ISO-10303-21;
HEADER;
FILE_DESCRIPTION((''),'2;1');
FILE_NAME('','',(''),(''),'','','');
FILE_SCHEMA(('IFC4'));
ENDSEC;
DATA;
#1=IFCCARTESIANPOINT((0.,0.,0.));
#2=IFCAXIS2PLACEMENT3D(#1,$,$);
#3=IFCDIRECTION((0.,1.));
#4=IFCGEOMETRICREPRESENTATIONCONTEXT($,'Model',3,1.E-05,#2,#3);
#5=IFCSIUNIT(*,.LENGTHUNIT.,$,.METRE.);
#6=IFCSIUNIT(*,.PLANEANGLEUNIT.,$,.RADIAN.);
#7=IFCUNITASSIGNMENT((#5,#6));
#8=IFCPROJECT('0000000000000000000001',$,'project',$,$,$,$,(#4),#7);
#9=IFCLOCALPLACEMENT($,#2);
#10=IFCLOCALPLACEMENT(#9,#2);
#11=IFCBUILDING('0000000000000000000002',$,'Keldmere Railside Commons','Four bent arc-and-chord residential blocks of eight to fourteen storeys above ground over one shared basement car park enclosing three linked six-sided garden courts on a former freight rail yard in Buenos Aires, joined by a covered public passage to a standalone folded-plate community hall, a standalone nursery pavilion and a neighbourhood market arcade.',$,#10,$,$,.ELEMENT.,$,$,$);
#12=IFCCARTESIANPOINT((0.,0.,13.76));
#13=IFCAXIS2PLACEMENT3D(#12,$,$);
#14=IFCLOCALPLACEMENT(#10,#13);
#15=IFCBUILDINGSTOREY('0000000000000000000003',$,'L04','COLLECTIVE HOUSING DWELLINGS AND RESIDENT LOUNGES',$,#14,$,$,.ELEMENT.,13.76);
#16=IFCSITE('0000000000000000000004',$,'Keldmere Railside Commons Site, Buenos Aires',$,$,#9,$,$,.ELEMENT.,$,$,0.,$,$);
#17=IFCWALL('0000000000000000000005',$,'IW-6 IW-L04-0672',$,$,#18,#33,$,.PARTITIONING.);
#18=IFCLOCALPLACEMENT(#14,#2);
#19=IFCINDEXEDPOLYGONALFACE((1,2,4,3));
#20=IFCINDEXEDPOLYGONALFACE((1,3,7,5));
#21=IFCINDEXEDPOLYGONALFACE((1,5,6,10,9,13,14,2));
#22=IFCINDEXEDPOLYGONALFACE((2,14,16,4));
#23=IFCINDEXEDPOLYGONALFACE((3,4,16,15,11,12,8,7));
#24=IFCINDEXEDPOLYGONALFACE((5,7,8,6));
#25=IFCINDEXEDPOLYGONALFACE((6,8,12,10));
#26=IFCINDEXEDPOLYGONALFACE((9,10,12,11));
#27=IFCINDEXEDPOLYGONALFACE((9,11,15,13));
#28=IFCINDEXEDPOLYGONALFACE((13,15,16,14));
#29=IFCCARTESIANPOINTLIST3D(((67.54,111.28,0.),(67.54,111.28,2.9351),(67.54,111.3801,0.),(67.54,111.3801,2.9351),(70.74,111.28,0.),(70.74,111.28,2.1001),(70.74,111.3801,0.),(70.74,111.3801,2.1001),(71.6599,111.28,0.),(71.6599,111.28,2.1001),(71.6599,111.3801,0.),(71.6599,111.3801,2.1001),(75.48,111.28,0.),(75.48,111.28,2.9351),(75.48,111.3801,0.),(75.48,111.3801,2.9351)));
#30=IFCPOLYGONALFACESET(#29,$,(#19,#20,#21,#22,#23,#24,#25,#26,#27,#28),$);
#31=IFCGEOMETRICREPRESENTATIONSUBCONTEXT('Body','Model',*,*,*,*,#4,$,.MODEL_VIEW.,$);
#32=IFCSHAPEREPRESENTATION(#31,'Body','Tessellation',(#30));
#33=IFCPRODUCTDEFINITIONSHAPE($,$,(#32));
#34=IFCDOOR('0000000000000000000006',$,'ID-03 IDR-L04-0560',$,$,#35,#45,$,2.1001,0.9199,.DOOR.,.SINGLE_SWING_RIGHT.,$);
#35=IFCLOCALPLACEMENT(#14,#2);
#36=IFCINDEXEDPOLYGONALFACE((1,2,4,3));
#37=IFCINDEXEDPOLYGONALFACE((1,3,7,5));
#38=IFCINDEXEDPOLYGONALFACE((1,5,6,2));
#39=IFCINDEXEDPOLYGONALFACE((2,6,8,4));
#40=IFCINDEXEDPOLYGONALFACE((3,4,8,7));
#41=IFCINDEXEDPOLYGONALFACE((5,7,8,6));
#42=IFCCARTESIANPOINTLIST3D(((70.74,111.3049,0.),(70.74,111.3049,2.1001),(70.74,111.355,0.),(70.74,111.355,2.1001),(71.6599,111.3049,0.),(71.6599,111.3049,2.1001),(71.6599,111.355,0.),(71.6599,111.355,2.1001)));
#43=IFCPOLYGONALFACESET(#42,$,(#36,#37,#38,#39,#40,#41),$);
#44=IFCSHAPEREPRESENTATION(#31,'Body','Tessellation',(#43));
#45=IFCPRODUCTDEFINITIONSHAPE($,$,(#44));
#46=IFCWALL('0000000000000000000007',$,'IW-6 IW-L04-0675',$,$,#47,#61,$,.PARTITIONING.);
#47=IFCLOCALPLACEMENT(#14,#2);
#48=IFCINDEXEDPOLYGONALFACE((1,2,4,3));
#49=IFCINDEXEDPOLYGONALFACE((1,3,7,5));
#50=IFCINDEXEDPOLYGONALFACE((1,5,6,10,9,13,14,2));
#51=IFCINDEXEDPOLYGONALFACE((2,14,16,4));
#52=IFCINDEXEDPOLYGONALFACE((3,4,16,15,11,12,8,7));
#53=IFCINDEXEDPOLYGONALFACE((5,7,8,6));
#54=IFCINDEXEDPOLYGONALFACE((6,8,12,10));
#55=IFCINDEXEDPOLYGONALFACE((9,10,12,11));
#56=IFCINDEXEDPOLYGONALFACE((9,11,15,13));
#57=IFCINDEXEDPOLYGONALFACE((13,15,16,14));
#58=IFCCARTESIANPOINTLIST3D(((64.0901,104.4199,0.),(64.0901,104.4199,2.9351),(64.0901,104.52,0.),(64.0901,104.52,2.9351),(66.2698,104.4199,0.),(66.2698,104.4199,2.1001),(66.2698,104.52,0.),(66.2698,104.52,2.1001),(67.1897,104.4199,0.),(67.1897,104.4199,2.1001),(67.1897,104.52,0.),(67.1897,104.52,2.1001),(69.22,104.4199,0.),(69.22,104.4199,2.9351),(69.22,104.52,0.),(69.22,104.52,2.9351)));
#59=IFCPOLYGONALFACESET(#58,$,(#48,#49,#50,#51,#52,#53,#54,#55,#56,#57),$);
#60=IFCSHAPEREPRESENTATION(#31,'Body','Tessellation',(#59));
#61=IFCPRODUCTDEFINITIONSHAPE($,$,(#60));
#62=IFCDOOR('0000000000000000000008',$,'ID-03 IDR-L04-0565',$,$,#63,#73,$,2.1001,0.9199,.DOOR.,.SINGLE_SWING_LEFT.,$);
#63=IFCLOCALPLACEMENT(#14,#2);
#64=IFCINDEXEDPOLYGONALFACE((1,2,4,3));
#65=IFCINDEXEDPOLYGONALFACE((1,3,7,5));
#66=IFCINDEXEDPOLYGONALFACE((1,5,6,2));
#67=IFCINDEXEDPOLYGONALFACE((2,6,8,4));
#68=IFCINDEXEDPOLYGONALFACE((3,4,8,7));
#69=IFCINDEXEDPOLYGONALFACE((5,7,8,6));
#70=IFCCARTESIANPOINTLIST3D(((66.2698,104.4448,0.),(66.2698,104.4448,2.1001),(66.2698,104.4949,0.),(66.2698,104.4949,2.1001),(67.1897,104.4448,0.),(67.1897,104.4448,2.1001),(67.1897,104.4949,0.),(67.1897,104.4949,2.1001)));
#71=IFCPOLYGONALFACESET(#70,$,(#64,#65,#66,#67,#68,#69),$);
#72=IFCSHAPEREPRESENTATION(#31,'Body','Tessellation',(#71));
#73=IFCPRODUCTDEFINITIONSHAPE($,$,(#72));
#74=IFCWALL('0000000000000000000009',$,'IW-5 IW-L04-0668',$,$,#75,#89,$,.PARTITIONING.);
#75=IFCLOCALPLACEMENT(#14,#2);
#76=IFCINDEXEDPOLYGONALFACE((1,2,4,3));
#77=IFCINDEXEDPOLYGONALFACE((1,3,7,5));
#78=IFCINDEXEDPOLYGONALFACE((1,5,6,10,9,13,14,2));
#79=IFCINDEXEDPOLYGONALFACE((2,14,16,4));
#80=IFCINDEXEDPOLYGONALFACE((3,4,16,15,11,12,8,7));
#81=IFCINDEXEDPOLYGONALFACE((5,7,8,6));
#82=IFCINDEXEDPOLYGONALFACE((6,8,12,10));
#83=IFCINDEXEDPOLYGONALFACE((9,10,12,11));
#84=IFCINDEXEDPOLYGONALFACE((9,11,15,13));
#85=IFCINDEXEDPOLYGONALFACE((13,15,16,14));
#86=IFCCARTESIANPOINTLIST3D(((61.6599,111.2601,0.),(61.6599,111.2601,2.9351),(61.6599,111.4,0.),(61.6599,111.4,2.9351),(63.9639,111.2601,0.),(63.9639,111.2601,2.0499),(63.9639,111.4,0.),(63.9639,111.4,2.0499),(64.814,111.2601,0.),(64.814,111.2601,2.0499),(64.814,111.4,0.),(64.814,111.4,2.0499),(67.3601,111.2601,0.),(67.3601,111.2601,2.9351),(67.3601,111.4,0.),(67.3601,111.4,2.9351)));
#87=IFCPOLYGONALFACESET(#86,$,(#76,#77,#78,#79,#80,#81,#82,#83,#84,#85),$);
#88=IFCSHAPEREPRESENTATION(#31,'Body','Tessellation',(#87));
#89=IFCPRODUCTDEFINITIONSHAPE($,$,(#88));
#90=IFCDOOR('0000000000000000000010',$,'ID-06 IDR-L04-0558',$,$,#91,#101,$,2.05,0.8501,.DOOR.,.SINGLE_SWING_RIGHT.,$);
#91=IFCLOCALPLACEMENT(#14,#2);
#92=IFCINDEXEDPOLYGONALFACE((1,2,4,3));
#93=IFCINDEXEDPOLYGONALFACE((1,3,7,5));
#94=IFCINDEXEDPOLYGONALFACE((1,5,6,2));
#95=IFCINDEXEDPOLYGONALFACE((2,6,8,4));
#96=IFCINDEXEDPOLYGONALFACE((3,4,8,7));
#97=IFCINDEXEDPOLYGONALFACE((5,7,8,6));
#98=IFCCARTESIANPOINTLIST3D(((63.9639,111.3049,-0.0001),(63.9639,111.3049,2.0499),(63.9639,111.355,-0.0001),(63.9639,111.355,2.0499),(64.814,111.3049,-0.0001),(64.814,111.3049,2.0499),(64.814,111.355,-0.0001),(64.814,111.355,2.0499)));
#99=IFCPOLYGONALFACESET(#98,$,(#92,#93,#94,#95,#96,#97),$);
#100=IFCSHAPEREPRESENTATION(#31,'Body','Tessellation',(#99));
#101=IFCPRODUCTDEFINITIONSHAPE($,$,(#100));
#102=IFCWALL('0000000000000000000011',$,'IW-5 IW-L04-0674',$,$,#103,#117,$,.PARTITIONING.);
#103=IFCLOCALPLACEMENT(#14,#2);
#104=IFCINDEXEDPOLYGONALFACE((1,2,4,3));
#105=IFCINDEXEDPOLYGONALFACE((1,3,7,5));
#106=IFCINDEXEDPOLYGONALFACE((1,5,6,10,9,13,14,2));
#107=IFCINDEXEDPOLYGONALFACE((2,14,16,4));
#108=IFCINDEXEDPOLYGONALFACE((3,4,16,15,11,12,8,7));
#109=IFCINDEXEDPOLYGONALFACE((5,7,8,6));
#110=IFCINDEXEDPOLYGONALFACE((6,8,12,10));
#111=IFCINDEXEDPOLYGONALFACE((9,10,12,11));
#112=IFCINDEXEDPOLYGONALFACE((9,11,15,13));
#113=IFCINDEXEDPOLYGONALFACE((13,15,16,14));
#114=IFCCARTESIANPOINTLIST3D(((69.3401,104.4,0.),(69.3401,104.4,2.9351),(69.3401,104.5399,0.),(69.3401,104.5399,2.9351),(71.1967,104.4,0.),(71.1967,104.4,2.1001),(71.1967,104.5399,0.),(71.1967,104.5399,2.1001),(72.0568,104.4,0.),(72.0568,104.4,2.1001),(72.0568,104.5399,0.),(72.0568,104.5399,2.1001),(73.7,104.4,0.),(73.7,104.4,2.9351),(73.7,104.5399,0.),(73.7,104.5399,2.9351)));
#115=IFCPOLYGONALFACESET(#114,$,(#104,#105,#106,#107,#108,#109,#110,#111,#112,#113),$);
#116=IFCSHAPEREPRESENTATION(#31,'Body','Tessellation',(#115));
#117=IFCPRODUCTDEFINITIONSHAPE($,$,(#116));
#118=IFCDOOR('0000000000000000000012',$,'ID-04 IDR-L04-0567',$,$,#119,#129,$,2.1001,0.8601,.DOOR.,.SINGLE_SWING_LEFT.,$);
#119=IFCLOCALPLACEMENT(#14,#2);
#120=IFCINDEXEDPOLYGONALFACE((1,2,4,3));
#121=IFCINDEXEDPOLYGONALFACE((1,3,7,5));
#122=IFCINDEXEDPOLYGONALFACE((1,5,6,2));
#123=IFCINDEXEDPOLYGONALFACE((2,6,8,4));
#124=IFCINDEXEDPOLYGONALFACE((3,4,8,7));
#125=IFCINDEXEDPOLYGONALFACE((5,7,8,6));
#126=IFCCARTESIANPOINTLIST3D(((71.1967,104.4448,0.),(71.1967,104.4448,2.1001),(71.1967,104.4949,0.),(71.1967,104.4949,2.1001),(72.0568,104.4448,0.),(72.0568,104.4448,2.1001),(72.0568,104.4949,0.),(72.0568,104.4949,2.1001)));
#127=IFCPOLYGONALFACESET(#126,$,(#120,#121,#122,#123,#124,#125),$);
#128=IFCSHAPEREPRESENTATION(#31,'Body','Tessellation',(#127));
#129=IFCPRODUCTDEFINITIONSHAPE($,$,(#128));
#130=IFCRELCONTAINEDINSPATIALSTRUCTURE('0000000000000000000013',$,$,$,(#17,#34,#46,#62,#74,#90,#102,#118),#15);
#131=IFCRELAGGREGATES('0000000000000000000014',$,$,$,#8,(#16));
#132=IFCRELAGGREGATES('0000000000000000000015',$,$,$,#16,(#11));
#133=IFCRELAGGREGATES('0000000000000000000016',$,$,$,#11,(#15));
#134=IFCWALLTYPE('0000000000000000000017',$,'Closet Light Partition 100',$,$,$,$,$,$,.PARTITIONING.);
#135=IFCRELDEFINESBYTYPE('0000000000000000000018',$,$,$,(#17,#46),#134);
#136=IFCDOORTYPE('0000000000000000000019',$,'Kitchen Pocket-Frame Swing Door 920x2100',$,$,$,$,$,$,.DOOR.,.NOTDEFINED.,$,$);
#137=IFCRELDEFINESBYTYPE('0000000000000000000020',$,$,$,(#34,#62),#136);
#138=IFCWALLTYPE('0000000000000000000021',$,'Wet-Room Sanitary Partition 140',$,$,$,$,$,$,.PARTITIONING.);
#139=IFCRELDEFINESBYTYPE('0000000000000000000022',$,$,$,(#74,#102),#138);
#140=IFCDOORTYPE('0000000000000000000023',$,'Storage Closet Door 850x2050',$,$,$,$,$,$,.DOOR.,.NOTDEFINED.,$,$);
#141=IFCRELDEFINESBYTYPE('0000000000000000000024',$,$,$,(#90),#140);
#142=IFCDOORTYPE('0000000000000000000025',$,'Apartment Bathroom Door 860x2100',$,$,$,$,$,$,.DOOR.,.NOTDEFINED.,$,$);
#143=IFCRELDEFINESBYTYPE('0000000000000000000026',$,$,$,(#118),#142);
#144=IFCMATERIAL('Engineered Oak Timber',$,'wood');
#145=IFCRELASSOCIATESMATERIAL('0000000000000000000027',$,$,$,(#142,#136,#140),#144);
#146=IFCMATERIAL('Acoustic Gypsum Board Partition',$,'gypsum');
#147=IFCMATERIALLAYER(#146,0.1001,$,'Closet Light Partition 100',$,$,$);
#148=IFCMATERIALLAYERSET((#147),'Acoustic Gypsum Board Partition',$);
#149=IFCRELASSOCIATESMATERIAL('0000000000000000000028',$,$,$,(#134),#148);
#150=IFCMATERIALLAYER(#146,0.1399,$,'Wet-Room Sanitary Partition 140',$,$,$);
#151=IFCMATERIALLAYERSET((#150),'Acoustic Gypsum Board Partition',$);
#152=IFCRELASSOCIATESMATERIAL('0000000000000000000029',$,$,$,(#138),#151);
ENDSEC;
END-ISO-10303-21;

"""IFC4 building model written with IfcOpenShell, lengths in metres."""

from ifc_helpers import new_model, si_unit, direction, frame, frame_2d, origin, place, context, subcontext, project, spatial, rectangle, extrude, material, layer, layer_set, type_object, element, fill, save


model = new_model("IFC4")

# Units and contexts
model_context = context("Model", 3, precision=1e-05, world=origin(), true_north=direction((0.0, 1.0)))
body_context = subcontext(model_context, "Body", "Model", "MODEL_VIEW")
ifc_project = project(units=[si_unit("LENGTHUNIT", "METRE"), si_unit("PLANEANGLEUNIT", "RADIAN")], contexts=[model_context])

# Site, building, storey
site_placement = place(None, origin())
site = spatial("IfcSite", under=ifc_project, at=site_placement, Name="Keldmere Railside Commons Site, Buenos Aires", CompositionType="ELEMENT", RefElevation=0.0)
building_placement = place(site_placement, origin())
building = spatial("IfcBuilding", under=site, at=building_placement, Name="Keldmere Railside Commons", Description="Four bent arc-and-chord residential blocks of eight to fourteen storeys above ground over one shared basement car park enclosing three linked six-sided garden courts on a former freight rail yard in Buenos Aires, joined by a covered public passage to a standalone folded-plate community hall, a standalone nursery pavilion and a neighbourhood market arcade.", CompositionType="ELEMENT")
storey_placement = place(building_placement, frame((0.0, 0.0, 13.76)))
storey = spatial("IfcBuildingStorey", under=building, at=storey_placement, Name="L04", Description="COLLECTIVE HOUSING DWELLINGS AND RESIDENT LOUNGES", CompositionType="ELEMENT", Elevation=13.76)

# Shared definitions
ifc_material_1 = material(Name="Acoustic Gypsum Board Partition", Category="gypsum")

# Shared definitions
ifc_material_2 = material(Name="Engineered Oak Timber", Category="wood")
door_type_1 = type_object("IfcDoorType", Name="Apartment Bathroom Door 860x2100", OperationType="NOTDEFINED", PredefinedType="DOOR", material=ifc_material_2)

# Walls, openings, doors
ifc_layer_1 = layer(ifc_material_1, 0.1001, Name="Closet Light Partition 100")
ifc_layer_set_1 = layer_set([ifc_layer_1], Name="Acoustic Gypsum Board Partition")
wall_type_1 = type_object("IfcWallType", Name="Closet Light Partition 100", PredefinedType="PARTITIONING", material=ifc_layer_set_1)
wall_1_placement = place(storey_placement, frame((67.54, 111.3301, 0.0), z_axis=(0.0, 0.0, 1.0), x_axis=(1.0, 0.0, 0.0)))
wall_1 = element("IfcWall", 1, at=wall_1_placement, inside=storey, type_object=wall_type_1, Name="IW-6 IW-L04-0672", PredefinedType="PARTITIONING", context=body_context, shape_type="SweptSolid", body=[
    extrude(rectangle(XDim=7.9399, YDim=0.1001, at=frame_2d((3.97, 0.0))), origin(), (0.0, 0.0, 1.0), 2.9351),
])
opening_1_placement = place(wall_1_placement, frame((3.2, 0.0, 0.0)))
opening_1 = element("IfcOpeningElement", 2, at=opening_1_placement, cuts=wall_1, PredefinedType="OPENING", context=body_context, shape_type="SweptSolid", body=[
    extrude(rectangle(XDim=0.9199, YDim=2.1001, at=frame_2d((0.46, 1.05))), frame((0.0, 0.0601, 0.0), z_axis=(0.0, -1.0, 0.0), x_axis=(1.0, 0.0, 0.0)), (0.0, 0.0, 1.0), 0.1201),
])
door_type_2 = type_object("IfcDoorType", Name="Kitchen Pocket-Frame Swing Door 920x2100", OperationType="NOTDEFINED", PredefinedType="DOOR", material=ifc_material_2)
door_1_placement = place(opening_1_placement, origin())
door_1 = element("IfcDoor", 3, at=door_1_placement, inside=storey, type_object=door_type_2, Name="ID-03 IDR-L04-0560", OperationType="SINGLE_SWING_RIGHT", OverallHeight=2.1001, OverallWidth=0.9199, PredefinedType="DOOR", context=body_context, shape_type="SweptSolid", body=[
    extrude(rectangle(XDim=0.9199, YDim=2.1001, at=frame_2d((0.46, 1.05))), frame((0.0, 0.0249, 0.0), z_axis=(0.0, -1.0, 0.0), x_axis=(1.0, 0.0, 0.0)), (0.0, 0.0, 1.0), 0.05),
])
fill(opening_1, door_1)
wall_2_placement = place(storey_placement, frame((64.0901, 104.47, 0.0), z_axis=(0.0, 0.0, 1.0), x_axis=(1.0, 0.0, 0.0)))
wall_2 = element("IfcWall", 4, at=wall_2_placement, inside=storey, type_object=wall_type_1, Name="IW-6 IW-L04-0675", PredefinedType="PARTITIONING", context=body_context, shape_type="SweptSolid", body=[
    extrude(rectangle(XDim=5.1299, YDim=0.1001, at=frame_2d((2.5649, 0.0))), origin(), (0.0, 0.0, 1.0), 2.9351),
])
opening_2_placement = place(wall_2_placement, frame((2.1797, 0.0, 0.0)))
opening_2 = element("IfcOpeningElement", 5, at=opening_2_placement, cuts=wall_2, PredefinedType="OPENING", context=body_context, shape_type="SweptSolid", body=[
    extrude(rectangle(XDim=0.9199, YDim=2.1001, at=frame_2d((0.46, 1.05))), frame((0.0, 0.0601, 0.0), z_axis=(0.0, -1.0, 0.0), x_axis=(1.0, 0.0, 0.0)), (0.0, 0.0, 1.0), 0.1201),
])
door_2_placement = place(opening_2_placement, origin())
door_2 = element("IfcDoor", 6, at=door_2_placement, inside=storey, type_object=door_type_2, Name="ID-03 IDR-L04-0565", OperationType="SINGLE_SWING_LEFT", OverallHeight=2.1001, OverallWidth=0.9199, PredefinedType="DOOR", context=body_context, shape_type="SweptSolid", body=[
    extrude(rectangle(XDim=0.9199, YDim=2.1001, at=frame_2d((0.46, 1.05))), frame((0.0, 0.0249, 0.0), z_axis=(0.0, -1.0, 0.0), x_axis=(1.0, 0.0, 0.0)), (0.0, 0.0, 1.0), 0.05),
])
fill(opening_2, door_2)
ifc_layer_2 = layer(ifc_material_1, 0.1399, Name="Wet-Room Sanitary Partition 140")
ifc_layer_set_2 = layer_set([ifc_layer_2], Name="Acoustic Gypsum Board Partition")
wall_type_2 = type_object("IfcWallType", Name="Wet-Room Sanitary Partition 140", PredefinedType="PARTITIONING", material=ifc_layer_set_2)
wall_3_placement = place(storey_placement, frame((61.6599, 111.3301, 0.0), z_axis=(0.0, 0.0, 1.0), x_axis=(1.0, 0.0, 0.0)))
wall_3 = element("IfcWall", 7, at=wall_3_placement, inside=storey, type_object=wall_type_2, Name="IW-5 IW-L04-0668", PredefinedType="PARTITIONING", context=body_context, shape_type="SweptSolid", body=[
    extrude(rectangle(XDim=5.7002, YDim=0.1399, at=frame_2d((2.8501, 0.0))), origin(), (0.0, 0.0, 1.0), 2.9351),
])
opening_3_placement = place(wall_3_placement, frame((2.304, 0.0, 0.0)))
opening_3 = element("IfcOpeningElement", 8, at=opening_3_placement, cuts=wall_3, PredefinedType="OPENING", context=body_context, shape_type="SweptSolid", body=[
    extrude(rectangle(XDim=0.8501, YDim=2.05, at=frame_2d((0.425, 1.0249))), frame((0.0, 0.0798, 0.0), z_axis=(0.0, -1.0, 0.0), x_axis=(1.0, 0.0, 0.0)), (0.0, 0.0, 1.0), 0.1599),
])
door_type_3 = type_object("IfcDoorType", Name="Storage Closet Door 850x2050", OperationType="NOTDEFINED", PredefinedType="DOOR", material=ifc_material_2)
door_3_placement = place(opening_3_placement, origin())
door_3 = element("IfcDoor", 9, at=door_3_placement, inside=storey, type_object=door_type_3, Name="ID-06 IDR-L04-0558", OperationType="SINGLE_SWING_RIGHT", OverallHeight=2.05, OverallWidth=0.8501, PredefinedType="DOOR", context=body_context, shape_type="SweptSolid", body=[
    extrude(rectangle(XDim=0.8501, YDim=2.05, at=frame_2d((0.425, 1.0249))), frame((0.0, 0.0249, 0.0), z_axis=(0.0, -1.0, 0.0), x_axis=(1.0, 0.0, 0.0)), (0.0, 0.0, 1.0), 0.05),
])
fill(opening_3, door_3)
wall_4_placement = place(storey_placement, frame((69.3401, 104.47, 0.0), z_axis=(0.0, 0.0, 1.0), x_axis=(1.0, 0.0, 0.0)))
wall_4 = element("IfcWall", 10, at=wall_4_placement, inside=storey, type_object=wall_type_2, Name="IW-5 IW-L04-0674", PredefinedType="PARTITIONING", context=body_context, shape_type="SweptSolid", body=[
    extrude(rectangle(XDim=4.3599, YDim=0.1399, at=frame_2d((2.1799, 0.0))), origin(), (0.0, 0.0, 1.0), 2.9351),
])
opening_4_placement = place(wall_4_placement, frame((1.8564, 0.0, 0.0)))
opening_4 = element("IfcOpeningElement", 11, at=opening_4_placement, cuts=wall_4, PredefinedType="OPENING", context=body_context, shape_type="SweptSolid", body=[
    extrude(rectangle(XDim=0.8601, YDim=2.1001, at=frame_2d((0.4302, 1.05))), frame((0.0, 0.0798, 0.0), z_axis=(0.0, -1.0, 0.0), x_axis=(1.0, 0.0, 0.0)), (0.0, 0.0, 1.0), 0.1599),
])
door_4_placement = place(opening_4_placement, origin())
door_4 = element("IfcDoor", 12, at=door_4_placement, inside=storey, type_object=door_type_1, Name="ID-04 IDR-L04-0567", OperationType="SINGLE_SWING_LEFT", OverallHeight=2.1001, OverallWidth=0.8601, PredefinedType="DOOR", context=body_context, shape_type="SweptSolid", body=[
    extrude(rectangle(XDim=0.8601, YDim=2.1001, at=frame_2d((0.4302, 1.05))), frame((0.0, 0.0249, 0.0), z_axis=(0.0, -1.0, 0.0), x_axis=(1.0, 0.0, 0.0)), (0.0, 0.0, 1.0), 0.05),
])
fill(opening_4, door_4)

save(model, "model.ifc")
